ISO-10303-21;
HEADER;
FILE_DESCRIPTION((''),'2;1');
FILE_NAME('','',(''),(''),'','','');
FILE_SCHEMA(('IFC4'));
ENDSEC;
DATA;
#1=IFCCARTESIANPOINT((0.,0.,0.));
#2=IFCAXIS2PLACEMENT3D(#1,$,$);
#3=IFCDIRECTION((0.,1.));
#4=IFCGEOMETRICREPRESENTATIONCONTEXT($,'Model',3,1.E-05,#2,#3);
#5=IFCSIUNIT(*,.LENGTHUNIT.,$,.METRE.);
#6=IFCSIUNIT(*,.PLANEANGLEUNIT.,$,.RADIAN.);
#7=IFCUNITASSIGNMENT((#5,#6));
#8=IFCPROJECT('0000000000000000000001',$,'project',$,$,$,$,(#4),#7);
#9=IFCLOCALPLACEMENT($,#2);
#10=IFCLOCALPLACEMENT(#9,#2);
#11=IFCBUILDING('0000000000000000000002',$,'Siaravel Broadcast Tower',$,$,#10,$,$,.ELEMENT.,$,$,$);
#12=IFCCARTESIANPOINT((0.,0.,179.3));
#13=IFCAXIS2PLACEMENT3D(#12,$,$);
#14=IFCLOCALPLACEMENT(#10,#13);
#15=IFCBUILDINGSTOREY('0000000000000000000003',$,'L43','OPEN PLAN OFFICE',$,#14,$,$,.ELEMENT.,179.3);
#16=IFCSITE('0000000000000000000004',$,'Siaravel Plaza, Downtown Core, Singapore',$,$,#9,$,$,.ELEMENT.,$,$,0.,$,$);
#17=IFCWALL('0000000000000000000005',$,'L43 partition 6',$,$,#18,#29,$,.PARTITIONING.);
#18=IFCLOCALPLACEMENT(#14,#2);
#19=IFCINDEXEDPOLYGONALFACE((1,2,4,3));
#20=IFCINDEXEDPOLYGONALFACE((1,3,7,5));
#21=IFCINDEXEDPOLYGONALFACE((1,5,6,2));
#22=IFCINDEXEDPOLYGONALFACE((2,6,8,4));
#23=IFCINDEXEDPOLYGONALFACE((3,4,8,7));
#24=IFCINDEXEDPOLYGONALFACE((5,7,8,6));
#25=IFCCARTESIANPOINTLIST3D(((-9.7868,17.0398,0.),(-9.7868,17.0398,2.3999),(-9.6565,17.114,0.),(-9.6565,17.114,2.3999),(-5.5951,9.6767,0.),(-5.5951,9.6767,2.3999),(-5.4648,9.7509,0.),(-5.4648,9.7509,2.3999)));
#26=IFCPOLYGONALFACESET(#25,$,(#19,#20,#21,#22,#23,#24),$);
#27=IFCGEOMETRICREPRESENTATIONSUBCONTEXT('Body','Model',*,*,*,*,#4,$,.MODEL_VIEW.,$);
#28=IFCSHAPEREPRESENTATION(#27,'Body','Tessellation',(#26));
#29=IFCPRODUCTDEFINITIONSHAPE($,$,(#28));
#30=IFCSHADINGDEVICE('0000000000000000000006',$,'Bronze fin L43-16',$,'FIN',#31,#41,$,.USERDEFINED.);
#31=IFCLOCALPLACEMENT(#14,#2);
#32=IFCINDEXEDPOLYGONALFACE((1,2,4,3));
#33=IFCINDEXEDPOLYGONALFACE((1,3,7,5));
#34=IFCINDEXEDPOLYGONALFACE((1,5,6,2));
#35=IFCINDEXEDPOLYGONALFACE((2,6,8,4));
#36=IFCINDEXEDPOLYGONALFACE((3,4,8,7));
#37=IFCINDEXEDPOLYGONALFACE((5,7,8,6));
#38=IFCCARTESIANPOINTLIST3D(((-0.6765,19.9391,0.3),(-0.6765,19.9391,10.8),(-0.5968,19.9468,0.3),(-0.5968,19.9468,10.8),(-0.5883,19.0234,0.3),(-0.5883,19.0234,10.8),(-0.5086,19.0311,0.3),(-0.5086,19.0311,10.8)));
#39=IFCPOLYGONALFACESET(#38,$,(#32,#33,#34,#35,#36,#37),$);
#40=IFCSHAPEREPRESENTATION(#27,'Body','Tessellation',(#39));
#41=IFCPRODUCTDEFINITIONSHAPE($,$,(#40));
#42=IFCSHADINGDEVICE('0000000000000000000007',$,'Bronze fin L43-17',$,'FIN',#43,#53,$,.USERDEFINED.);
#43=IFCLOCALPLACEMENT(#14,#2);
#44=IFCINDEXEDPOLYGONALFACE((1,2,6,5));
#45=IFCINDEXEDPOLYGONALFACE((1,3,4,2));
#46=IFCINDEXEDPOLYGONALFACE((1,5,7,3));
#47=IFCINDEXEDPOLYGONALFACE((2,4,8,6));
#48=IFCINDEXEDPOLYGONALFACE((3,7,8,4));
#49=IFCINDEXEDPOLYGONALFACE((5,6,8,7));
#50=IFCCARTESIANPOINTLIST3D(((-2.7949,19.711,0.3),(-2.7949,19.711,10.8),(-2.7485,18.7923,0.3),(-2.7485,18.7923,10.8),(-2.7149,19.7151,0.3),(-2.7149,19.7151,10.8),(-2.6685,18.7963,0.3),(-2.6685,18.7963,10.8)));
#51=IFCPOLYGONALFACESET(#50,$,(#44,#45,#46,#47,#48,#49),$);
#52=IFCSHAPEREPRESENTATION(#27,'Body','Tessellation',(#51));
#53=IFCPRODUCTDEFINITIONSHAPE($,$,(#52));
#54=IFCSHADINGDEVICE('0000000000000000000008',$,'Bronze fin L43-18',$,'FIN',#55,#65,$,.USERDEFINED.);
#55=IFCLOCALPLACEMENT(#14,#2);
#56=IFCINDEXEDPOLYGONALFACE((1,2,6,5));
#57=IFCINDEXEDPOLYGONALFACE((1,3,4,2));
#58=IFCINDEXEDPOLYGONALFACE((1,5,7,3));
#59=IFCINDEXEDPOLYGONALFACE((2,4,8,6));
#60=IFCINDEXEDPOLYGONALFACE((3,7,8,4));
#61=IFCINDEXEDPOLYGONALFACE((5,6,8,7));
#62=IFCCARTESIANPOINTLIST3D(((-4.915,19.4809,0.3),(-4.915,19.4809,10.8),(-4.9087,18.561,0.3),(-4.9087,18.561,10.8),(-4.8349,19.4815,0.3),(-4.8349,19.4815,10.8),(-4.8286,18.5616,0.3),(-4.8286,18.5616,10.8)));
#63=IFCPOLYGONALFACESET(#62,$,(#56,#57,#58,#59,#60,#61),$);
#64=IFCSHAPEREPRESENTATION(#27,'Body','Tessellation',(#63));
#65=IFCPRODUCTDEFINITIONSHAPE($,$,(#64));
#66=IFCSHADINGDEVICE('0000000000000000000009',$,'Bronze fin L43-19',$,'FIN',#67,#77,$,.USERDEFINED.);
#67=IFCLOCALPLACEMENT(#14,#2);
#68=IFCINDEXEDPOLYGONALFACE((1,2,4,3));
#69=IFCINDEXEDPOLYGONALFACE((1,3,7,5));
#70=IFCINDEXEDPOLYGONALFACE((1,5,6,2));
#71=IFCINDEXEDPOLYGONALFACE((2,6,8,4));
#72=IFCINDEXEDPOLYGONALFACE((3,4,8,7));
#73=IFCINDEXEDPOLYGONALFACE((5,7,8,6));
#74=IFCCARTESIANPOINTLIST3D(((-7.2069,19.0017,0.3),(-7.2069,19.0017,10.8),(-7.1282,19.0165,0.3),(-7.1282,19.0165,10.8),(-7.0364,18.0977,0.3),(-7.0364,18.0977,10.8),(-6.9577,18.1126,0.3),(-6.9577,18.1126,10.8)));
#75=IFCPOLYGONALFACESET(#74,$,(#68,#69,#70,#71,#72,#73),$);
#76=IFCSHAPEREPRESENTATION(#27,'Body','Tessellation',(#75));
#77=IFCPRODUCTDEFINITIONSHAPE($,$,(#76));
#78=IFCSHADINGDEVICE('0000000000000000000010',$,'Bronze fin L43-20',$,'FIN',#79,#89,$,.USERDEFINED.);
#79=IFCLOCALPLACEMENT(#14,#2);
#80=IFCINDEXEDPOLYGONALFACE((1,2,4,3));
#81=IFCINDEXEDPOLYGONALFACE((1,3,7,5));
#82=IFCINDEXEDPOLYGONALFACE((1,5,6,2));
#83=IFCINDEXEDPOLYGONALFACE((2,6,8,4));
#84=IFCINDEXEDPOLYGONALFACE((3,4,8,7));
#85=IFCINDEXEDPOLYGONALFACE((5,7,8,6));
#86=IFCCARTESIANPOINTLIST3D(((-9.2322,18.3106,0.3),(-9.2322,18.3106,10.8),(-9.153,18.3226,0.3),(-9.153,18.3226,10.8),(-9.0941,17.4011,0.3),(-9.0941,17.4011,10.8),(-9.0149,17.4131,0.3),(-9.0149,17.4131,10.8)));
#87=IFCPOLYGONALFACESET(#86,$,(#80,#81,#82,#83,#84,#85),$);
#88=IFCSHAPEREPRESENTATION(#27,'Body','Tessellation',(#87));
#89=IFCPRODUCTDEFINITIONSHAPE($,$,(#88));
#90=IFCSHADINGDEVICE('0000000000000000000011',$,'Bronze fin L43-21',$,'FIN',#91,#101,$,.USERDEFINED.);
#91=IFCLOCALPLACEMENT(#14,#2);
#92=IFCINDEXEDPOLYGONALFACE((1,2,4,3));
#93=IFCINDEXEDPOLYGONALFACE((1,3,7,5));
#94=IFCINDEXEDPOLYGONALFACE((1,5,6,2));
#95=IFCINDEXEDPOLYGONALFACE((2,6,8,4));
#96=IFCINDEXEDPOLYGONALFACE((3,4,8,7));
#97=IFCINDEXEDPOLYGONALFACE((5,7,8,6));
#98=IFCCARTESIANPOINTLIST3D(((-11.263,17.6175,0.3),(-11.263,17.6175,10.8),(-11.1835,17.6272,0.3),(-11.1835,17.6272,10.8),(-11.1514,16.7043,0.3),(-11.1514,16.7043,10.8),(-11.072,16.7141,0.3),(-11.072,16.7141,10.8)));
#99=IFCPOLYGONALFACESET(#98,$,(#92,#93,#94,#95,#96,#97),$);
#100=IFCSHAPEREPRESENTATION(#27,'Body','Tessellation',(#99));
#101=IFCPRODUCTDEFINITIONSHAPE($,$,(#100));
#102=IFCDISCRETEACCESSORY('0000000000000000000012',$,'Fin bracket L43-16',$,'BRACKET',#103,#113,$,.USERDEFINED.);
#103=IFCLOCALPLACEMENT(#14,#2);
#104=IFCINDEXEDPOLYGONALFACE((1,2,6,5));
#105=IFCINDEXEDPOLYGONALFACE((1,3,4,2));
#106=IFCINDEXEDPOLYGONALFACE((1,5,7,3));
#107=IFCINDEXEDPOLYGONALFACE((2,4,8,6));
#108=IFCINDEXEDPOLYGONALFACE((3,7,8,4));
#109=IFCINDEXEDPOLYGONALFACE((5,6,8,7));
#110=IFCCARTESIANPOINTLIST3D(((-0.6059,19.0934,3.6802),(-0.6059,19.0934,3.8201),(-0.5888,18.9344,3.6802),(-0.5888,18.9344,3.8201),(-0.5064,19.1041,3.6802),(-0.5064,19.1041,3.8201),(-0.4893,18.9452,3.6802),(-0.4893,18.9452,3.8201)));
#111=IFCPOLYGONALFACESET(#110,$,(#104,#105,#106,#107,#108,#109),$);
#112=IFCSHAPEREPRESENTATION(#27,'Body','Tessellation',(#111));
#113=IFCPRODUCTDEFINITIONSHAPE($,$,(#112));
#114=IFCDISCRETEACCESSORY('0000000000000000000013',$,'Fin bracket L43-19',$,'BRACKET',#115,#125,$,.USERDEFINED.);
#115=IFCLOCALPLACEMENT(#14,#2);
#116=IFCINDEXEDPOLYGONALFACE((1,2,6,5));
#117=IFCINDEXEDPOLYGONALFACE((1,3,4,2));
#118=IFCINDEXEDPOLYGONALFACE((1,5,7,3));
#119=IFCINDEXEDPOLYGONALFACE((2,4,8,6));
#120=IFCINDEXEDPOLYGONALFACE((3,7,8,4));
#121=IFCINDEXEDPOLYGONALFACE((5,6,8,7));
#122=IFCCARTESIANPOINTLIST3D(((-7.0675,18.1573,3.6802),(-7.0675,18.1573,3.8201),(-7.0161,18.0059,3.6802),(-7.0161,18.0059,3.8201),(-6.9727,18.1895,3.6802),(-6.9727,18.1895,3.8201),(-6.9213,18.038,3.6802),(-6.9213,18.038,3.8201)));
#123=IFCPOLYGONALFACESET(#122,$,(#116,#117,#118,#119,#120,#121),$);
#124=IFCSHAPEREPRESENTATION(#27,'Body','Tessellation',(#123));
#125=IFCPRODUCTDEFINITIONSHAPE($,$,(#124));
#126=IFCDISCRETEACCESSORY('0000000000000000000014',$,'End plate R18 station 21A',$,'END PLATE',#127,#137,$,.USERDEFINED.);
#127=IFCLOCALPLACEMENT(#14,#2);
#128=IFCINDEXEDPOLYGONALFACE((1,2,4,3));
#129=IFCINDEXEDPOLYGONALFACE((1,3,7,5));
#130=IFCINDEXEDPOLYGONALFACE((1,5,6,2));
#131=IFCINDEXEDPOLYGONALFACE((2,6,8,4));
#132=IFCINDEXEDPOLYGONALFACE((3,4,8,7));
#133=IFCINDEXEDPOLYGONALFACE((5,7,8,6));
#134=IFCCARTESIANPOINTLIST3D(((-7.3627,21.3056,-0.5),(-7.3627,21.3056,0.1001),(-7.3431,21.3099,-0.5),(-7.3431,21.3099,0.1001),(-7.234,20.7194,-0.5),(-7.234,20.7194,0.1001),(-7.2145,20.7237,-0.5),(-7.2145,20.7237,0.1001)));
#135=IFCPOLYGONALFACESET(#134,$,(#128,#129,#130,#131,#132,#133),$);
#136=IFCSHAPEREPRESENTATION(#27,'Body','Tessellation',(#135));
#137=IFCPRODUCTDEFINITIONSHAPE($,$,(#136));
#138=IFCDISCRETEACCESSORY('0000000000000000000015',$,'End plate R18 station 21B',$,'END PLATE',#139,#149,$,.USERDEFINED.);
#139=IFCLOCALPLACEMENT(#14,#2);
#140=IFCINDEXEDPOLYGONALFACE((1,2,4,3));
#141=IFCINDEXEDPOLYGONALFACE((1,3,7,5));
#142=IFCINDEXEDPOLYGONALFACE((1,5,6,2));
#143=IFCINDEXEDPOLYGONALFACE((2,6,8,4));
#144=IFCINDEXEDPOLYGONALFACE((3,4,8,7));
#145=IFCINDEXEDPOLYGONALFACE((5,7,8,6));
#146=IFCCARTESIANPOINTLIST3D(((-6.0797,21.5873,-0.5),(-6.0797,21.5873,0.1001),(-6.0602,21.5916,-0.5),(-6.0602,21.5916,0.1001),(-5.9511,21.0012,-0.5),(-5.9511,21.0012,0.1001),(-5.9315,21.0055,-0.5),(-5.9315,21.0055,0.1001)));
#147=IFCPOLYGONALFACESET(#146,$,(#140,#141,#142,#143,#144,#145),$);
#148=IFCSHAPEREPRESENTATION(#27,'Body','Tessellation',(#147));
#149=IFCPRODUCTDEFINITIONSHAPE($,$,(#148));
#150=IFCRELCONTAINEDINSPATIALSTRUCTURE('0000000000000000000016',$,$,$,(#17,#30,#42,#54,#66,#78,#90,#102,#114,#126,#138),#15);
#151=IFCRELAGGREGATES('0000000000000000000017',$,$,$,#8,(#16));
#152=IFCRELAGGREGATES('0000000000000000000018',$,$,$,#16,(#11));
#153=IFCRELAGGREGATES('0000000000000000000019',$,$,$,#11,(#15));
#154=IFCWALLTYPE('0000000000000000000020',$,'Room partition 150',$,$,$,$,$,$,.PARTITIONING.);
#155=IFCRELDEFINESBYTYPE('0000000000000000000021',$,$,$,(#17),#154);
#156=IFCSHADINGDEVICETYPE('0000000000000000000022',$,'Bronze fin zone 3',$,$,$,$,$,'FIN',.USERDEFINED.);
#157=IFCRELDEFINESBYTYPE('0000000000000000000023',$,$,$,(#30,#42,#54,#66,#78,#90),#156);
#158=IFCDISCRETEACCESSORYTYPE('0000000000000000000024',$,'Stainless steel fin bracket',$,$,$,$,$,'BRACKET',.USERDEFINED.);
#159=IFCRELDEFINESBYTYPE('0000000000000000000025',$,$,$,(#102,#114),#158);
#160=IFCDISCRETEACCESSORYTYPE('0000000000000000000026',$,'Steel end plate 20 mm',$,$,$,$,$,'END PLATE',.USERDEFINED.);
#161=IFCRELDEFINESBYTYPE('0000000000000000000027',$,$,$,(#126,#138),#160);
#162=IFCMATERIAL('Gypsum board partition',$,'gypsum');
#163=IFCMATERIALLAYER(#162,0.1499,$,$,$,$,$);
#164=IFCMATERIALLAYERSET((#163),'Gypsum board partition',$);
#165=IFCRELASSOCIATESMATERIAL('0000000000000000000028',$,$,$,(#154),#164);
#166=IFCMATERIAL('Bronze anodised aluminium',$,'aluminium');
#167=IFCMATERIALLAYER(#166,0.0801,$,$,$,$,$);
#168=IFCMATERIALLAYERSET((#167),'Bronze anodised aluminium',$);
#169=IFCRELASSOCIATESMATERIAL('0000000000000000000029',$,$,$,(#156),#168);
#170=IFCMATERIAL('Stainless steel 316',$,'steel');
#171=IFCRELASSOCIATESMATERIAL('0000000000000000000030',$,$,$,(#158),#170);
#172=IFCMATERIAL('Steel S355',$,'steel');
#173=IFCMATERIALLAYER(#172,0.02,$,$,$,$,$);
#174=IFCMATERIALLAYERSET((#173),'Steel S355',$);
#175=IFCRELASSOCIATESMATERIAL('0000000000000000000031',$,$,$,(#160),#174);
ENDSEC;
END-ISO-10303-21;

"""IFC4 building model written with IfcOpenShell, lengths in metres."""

from ifc_helpers import new_model, si_unit, direction, frame, frame_2d, origin, origin_2d, place, context, subcontext, project, spatial, rectangle, extrude, material, layer, layer_set, type_object, element, save


model = new_model("IFC4")

# Units and contexts
model_context = context("Model", 3, precision=1e-05, world=origin(), true_north=direction((0.0, 1.0)))
body_context = subcontext(model_context, "Body", "Model", "MODEL_VIEW")
ifc_project = project(units=[si_unit("LENGTHUNIT", "METRE"), si_unit("PLANEANGLEUNIT", "RADIAN")], contexts=[model_context])

# Site, building, storey
site_placement = place(None, origin())
site = spatial("IfcSite", under=ifc_project, at=site_placement, Name="Siaravel Plaza, Downtown Core, Singapore", CompositionType="ELEMENT", RefElevation=0.0)
building_placement = place(site_placement, origin())
building = spatial("IfcBuilding", under=site, at=building_placement, Name="Siaravel Broadcast Tower", CompositionType="ELEMENT")
storey_placement = place(building_placement, frame((0.0, 0.0, 179.3)))
storey = spatial("IfcBuildingStorey", under=building, at=storey_placement, Name="L43", Description="OPEN PLAN OFFICE", CompositionType="ELEMENT", Elevation=179.3)

# Shared definitions
ifc_material_1 = material(Name="Steel S355", Category="steel")

# Wall
ifc_material_2 = material(Name="Gypsum board partition", Category="gypsum")
ifc_layer_1 = layer(ifc_material_2, 0.1499)
ifc_layer_set_1 = layer_set([ifc_layer_1], Name="Gypsum board partition")
wall_type = type_object("IfcWallType", Name="Room partition 150", PredefinedType="PARTITIONING", material=ifc_layer_set_1)
wall_placement = place(storey_placement, frame((-9.7217, 17.0769, 0.0), z_axis=(0.0, 0.0, 1.0), x_axis=(0.494733, -0.869045, 0.0)))
element("IfcWall", 1, at=wall_placement, inside=storey, type_object=wall_type, Name="L43 partition 6", PredefinedType="PARTITIONING", context=body_context, shape_type="SweptSolid", body=[
    extrude(rectangle(XDim=8.4727, YDim=0.1499, at=frame_2d((4.2363, 0.0))), origin(), (0.0, 0.0, 1.0), 2.3999),
])

# Shading devices
ifc_material_3 = material(Name="Bronze anodised aluminium", Category="aluminium")
ifc_layer_2 = layer(ifc_material_3, 0.0801)
ifc_layer_set_2 = layer_set([ifc_layer_2], Name="Bronze anodised aluminium")
shading_device_type = type_object("IfcShadingDeviceType", Name="Bronze fin zone 3", ElementType="FIN", PredefinedType="USERDEFINED", material=ifc_layer_set_2)
for number, where, z_axis, x_axis, name in (
    (2, (-0.5925, 19.4851, 0.3), (0.0, 0.0, 1.0), (-0.095875, 0.995393, 0.0), "Bronze fin L43-16"),
    (3, (-2.7317, 19.2537, 0.3), (0.0, 0.0, 1.0), (-0.05045, 0.998727, 0.0), "Bronze fin L43-17"),
    (4, (-4.8718, 19.0212, 0.3), (0.0, 0.0, 1.0), (-0.006835, 0.999977, 0.0), "Bronze fin L43-18"),
    (5, (-7.0823, 18.5571, 0.3), (0.0, 0.0, 1.0), (-0.185358, 0.982671, 0.0), "Bronze fin L43-19"),
    (6, (-9.1235, 17.8618, 0.3), (0.0, 0.0, 1.0), (-0.150127, 0.988667, 0.0), "Bronze fin L43-20"),
    (7, (-11.1675, 17.1658, 0.3), (0.0, 0.0, 1.0), (-0.121273, 0.992619, 0.0), "Bronze fin L43-21"),
):
    element("IfcShadingDevice", number, at=place(storey_placement, frame(where, z_axis=z_axis, x_axis=x_axis)), inside=storey, type_object=shading_device_type, Name=name, ObjectType="FIN", PredefinedType="USERDEFINED", context=body_context, shape_type="SweptSolid", body=[
        extrude(rectangle(XDim=0.9199, YDim=0.0801, at=origin_2d()), origin(), (0.0, 0.0, 1.0), 10.5),
    ])

# Discrete accessories
ifc_material_4 = material(Name="Stainless steel 316", Category="steel")
discrete_accessory_type_1 = type_object("IfcDiscreteAccessoryType", Name="Stainless steel fin bracket", ElementType="BRACKET", PredefinedType="USERDEFINED", material=ifc_material_4)
for number, where, z_axis, x_axis, name in (
    (8, (-0.5476, 19.0193, 3.6802), (0.0, 0.0, 1.0), (-0.107217, 0.994236, 0.0), "Fin bracket L43-16"),
    (9, (-6.9944, 18.0977, 3.6802), (0.0, 0.0, 1.0), (-0.321301, 0.946977, 0.0), "Fin bracket L43-19"),
):
    element("IfcDiscreteAccessory", number, at=place(storey_placement, frame(where, z_axis=z_axis, x_axis=x_axis)), inside=storey, type_object=discrete_accessory_type_1, Name=name, ObjectType="BRACKET", PredefinedType="USERDEFINED", context=body_context, shape_type="SweptSolid", body=[
        extrude(rectangle(XDim=0.1599, YDim=0.1001, at=origin_2d()), origin(), (0.0, 0.0, 1.0), 0.1399),
    ])
ifc_layer_3 = layer(ifc_material_1, 0.02)
ifc_layer_set_3 = layer_set([ifc_layer_3], Name="Steel S355")
discrete_accessory_type_2 = type_object("IfcDiscreteAccessoryType", Name="Steel end plate 20 mm", ElementType="END PLATE", PredefinedType="USERDEFINED", material=ifc_layer_set_3)
for number, where, z_axis, x_axis, name in (
    (10, (-7.2886, 21.0146, -0.5), (0.0, 0.0, 1.0), (-0.976751, -0.214377, 0.0), "End plate R18 station 21A"),
    (11, (-6.0056, 21.2964, -0.5), (0.0, 0.0, 1.0), (-0.976751, -0.214377, 0.0), "End plate R18 station 21B"),
):
    element("IfcDiscreteAccessory", number, at=place(storey_placement, frame(where, z_axis=z_axis, x_axis=x_axis)), inside=storey, type_object=discrete_accessory_type_2, Name=name, ObjectType="END PLATE", PredefinedType="USERDEFINED", context=body_context, shape_type="SweptSolid", body=[
        extrude(rectangle(XDim=0.02, YDim=0.6001, at=origin_2d()), origin(), (0.0, 0.0, 1.0), 0.6001),
    ])

save(model, "model.ifc")
